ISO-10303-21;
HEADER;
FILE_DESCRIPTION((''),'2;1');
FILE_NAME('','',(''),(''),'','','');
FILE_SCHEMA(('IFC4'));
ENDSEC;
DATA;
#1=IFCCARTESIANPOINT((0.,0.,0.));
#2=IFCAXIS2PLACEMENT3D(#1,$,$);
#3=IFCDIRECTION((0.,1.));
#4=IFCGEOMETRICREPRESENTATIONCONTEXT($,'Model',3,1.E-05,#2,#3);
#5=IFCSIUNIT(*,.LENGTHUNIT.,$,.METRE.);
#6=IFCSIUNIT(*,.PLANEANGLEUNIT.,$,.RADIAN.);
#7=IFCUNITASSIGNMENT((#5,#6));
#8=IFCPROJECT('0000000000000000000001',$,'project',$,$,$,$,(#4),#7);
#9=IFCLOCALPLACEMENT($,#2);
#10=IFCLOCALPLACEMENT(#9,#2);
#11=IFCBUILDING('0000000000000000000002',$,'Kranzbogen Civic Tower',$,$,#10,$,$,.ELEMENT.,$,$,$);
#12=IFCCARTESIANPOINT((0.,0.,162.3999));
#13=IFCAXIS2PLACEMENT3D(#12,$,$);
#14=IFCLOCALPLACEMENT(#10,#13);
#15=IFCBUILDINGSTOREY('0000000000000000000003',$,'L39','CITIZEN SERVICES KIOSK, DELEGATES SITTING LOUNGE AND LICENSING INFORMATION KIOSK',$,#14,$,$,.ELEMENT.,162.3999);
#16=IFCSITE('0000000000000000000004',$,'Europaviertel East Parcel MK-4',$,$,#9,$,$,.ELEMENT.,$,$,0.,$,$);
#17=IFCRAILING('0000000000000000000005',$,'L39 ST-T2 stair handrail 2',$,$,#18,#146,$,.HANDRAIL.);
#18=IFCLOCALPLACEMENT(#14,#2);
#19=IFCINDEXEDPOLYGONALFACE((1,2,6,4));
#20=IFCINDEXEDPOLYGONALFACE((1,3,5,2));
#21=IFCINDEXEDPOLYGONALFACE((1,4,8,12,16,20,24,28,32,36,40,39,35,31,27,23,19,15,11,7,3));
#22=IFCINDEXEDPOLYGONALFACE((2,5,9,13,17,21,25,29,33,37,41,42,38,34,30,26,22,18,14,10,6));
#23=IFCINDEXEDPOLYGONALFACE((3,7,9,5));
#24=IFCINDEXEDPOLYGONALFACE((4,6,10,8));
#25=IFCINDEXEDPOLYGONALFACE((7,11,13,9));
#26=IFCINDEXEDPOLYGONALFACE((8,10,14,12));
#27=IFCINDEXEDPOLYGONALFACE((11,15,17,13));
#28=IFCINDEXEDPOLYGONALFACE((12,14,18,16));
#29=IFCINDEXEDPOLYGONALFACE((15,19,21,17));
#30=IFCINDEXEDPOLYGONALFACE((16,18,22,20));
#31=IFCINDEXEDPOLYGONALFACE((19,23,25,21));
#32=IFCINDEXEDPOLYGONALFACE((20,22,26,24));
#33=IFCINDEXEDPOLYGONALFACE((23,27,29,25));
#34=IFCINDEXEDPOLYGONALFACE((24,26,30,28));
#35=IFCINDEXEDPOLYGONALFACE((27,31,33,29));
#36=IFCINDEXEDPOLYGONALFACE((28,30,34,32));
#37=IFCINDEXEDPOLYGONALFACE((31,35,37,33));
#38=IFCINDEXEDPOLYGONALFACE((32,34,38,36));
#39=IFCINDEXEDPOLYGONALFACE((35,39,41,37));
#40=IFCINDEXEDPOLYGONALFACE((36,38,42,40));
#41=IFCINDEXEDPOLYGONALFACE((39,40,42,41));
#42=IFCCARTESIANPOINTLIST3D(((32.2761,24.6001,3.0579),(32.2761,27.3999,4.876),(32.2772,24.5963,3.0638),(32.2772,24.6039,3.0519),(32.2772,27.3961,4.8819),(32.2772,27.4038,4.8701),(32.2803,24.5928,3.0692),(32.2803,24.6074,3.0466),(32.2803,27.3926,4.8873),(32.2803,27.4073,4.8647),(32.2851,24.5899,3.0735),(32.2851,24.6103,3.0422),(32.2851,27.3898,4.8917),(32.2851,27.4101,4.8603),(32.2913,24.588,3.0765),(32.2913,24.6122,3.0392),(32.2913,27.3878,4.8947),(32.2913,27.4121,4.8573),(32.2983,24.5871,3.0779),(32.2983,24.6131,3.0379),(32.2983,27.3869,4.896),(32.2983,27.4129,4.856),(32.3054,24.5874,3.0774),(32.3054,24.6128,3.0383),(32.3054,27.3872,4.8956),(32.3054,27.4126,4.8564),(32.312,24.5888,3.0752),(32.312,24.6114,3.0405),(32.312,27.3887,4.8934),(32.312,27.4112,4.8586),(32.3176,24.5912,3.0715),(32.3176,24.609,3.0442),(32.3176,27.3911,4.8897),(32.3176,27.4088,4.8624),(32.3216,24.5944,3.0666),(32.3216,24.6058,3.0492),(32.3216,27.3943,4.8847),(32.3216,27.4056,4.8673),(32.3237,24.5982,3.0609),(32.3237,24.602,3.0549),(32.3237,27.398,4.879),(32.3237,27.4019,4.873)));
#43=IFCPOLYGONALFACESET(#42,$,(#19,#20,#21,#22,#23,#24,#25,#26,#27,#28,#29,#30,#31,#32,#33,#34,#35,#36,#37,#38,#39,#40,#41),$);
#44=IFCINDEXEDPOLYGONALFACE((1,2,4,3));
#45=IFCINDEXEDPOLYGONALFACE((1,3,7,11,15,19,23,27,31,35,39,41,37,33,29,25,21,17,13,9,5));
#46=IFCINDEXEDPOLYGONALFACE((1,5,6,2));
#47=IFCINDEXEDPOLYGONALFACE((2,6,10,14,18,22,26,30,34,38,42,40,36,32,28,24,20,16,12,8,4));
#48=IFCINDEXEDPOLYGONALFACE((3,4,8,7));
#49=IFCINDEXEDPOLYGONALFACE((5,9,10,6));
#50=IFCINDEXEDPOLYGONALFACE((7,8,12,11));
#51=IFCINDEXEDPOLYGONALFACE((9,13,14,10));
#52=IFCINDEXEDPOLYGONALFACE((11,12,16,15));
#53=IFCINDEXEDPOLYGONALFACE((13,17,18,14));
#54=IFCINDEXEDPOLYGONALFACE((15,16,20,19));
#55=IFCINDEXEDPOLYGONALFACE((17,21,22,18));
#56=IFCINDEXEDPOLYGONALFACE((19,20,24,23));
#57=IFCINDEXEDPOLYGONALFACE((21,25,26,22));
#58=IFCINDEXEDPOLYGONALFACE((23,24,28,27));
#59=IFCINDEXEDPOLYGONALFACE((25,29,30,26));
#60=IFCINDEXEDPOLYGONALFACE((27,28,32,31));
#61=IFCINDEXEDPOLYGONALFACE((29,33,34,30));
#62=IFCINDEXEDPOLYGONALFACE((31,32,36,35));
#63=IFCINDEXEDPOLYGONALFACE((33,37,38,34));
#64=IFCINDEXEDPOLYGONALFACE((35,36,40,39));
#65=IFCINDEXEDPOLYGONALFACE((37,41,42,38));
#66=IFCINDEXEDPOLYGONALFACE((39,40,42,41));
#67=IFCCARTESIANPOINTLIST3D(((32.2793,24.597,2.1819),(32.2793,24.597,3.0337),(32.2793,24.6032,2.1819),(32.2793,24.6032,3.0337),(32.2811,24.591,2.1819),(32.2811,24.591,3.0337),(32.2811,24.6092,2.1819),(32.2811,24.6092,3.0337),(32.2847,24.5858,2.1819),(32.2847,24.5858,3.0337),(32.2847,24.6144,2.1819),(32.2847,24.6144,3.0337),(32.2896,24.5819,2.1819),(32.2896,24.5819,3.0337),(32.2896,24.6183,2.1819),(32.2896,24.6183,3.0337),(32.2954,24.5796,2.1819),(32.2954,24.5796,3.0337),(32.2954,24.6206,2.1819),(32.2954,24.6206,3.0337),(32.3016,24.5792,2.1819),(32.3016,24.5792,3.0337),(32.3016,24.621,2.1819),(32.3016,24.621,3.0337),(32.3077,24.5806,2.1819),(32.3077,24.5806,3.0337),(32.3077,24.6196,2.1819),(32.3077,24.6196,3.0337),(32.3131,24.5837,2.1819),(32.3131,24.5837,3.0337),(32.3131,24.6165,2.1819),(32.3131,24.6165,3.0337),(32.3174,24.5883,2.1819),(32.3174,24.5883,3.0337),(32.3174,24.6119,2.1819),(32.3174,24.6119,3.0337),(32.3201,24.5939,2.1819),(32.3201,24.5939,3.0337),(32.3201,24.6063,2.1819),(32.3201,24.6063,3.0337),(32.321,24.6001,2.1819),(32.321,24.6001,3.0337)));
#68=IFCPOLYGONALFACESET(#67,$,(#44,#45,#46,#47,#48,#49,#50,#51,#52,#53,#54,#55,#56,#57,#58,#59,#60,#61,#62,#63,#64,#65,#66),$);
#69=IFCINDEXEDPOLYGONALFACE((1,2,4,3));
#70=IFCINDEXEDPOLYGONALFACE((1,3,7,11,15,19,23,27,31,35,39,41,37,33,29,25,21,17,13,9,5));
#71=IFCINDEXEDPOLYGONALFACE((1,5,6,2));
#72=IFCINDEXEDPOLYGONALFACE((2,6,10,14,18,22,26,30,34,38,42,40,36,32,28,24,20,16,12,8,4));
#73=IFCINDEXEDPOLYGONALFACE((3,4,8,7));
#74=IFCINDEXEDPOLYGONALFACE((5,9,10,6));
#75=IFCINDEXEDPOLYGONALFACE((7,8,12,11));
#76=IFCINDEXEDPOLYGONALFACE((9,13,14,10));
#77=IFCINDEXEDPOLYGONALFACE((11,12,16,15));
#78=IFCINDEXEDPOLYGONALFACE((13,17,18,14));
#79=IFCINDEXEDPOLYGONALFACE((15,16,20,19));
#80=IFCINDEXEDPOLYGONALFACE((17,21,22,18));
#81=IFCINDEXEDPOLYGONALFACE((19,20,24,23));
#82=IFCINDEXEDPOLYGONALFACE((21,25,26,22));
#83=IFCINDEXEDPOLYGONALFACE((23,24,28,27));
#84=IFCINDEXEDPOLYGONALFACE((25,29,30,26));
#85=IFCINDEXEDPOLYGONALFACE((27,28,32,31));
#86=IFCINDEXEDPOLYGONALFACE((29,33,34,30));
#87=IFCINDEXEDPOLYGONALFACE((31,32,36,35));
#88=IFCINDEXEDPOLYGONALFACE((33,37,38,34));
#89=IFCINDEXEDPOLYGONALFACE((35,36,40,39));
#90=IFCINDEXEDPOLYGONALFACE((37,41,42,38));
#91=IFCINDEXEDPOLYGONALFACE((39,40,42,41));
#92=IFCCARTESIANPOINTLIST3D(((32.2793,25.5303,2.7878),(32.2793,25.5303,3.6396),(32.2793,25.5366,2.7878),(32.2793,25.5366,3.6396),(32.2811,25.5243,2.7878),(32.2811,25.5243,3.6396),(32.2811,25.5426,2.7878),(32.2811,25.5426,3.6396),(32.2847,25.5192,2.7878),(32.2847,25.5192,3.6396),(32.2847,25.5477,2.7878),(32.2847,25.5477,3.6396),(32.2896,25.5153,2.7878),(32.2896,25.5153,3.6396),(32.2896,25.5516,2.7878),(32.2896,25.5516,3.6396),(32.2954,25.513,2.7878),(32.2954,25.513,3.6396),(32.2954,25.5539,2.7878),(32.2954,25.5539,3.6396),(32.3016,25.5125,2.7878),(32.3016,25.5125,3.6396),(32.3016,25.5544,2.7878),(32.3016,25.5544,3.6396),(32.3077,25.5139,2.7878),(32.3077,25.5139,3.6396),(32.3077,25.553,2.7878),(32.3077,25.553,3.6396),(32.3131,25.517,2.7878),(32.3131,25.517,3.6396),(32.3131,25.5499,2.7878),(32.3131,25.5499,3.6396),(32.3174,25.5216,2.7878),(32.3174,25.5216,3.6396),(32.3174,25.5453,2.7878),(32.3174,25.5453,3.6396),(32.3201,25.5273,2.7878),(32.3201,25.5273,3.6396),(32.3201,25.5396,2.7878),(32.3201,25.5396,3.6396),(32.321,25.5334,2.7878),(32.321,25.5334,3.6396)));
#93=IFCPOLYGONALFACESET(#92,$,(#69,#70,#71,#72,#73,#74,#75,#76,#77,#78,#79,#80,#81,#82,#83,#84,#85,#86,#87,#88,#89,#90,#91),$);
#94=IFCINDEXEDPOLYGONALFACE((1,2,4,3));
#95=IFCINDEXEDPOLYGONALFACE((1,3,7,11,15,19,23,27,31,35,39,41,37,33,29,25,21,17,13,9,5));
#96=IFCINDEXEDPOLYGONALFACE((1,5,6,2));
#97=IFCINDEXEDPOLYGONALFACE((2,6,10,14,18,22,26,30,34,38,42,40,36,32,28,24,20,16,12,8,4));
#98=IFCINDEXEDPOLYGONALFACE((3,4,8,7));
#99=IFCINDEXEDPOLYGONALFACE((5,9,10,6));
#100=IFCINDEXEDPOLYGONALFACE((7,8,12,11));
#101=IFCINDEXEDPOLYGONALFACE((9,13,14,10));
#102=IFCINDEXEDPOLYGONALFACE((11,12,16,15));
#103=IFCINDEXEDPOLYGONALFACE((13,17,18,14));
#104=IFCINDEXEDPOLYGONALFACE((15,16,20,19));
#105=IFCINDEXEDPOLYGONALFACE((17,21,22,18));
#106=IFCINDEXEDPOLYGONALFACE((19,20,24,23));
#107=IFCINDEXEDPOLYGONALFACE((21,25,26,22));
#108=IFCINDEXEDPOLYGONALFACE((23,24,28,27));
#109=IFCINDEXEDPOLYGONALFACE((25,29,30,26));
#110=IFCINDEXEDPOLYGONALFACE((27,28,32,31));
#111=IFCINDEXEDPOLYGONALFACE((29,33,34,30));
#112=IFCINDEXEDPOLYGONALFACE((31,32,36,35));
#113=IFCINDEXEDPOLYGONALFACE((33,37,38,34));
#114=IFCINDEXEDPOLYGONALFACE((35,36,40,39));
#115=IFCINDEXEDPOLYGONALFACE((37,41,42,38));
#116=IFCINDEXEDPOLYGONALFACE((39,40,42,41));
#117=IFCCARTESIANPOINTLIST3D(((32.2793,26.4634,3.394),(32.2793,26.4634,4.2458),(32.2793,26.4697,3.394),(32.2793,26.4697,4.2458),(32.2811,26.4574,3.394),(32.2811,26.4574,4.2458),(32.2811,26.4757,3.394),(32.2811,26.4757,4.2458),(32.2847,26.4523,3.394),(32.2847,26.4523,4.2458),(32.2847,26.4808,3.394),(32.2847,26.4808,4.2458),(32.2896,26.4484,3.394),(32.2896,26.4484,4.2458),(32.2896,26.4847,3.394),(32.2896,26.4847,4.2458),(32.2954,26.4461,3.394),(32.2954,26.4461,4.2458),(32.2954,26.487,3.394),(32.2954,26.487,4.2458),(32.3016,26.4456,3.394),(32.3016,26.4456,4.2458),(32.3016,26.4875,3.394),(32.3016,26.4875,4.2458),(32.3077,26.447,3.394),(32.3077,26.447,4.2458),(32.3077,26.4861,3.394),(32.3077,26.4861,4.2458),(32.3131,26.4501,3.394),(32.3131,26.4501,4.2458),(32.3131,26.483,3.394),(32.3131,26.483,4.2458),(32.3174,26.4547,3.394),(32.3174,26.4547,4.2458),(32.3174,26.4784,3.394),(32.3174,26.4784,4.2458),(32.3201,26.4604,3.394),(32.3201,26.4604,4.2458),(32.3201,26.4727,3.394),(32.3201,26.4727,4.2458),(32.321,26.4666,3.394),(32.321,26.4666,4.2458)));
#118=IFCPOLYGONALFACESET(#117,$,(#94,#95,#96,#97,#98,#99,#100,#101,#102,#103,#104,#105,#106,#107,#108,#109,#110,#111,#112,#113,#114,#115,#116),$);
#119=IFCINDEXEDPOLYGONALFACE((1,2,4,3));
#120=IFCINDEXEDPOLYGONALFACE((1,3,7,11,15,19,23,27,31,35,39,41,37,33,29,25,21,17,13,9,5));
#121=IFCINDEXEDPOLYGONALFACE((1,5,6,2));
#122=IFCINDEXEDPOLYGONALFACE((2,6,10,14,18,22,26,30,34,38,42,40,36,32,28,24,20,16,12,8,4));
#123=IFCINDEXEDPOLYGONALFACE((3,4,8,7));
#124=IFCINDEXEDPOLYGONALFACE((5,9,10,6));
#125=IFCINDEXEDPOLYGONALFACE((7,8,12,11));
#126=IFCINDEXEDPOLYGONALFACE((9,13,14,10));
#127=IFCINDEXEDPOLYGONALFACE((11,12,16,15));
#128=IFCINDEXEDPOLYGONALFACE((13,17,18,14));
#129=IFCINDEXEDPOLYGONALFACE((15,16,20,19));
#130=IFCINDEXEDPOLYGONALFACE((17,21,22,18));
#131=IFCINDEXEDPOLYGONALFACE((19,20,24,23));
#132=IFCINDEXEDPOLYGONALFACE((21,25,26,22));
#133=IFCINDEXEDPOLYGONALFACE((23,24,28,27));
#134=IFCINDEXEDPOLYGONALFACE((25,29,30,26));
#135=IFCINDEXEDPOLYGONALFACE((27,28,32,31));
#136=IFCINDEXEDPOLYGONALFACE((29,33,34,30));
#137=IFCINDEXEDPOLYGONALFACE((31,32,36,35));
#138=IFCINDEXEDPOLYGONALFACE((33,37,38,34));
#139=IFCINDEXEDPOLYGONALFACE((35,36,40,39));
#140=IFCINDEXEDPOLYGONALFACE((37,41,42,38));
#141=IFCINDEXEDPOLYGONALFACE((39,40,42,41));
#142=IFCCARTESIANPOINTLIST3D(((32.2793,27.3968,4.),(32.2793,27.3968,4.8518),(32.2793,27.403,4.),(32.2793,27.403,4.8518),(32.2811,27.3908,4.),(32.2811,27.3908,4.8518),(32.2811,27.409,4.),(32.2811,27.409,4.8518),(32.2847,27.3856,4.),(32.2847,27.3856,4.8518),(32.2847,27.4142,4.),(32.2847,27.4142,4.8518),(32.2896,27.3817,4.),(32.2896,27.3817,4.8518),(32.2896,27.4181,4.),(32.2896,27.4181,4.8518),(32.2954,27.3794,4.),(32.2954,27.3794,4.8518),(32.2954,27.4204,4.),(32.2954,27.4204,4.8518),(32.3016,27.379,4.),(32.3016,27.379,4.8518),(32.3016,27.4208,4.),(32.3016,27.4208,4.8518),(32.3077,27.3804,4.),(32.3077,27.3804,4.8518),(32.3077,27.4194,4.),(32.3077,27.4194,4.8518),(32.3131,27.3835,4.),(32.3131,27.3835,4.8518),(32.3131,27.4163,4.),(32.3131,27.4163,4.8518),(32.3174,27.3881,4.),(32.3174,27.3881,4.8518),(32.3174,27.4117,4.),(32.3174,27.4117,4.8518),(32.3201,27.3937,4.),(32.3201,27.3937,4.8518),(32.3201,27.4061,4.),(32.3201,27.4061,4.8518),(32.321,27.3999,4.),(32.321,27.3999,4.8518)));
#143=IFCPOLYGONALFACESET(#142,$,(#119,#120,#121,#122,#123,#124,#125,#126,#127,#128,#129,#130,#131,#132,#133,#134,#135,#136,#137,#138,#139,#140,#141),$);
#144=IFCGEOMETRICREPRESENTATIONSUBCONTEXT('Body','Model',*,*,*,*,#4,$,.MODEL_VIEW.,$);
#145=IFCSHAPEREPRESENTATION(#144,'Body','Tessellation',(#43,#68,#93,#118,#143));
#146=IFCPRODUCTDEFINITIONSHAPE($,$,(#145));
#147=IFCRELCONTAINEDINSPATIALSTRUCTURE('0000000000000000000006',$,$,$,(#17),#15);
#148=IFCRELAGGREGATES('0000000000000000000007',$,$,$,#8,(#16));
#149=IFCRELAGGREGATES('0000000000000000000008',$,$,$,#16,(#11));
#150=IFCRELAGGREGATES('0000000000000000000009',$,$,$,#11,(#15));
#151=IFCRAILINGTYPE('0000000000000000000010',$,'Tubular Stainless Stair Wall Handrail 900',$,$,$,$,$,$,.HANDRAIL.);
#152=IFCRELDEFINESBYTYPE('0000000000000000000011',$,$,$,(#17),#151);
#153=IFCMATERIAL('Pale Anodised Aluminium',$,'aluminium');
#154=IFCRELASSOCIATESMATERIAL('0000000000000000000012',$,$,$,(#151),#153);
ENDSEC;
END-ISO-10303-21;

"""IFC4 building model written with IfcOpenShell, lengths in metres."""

from ifc_helpers import new_model, si_unit, direction, frame, origin, origin_2d, place, context, subcontext, project, spatial, circle, extrude, material, type_object, element, save


model = new_model("IFC4")

# Units and contexts
model_context = context("Model", 3, precision=1e-05, world=origin(), true_north=direction((0.0, 1.0)))
body_context = subcontext(model_context, "Body", "Model", "MODEL_VIEW")
ifc_project = project(units=[si_unit("LENGTHUNIT", "METRE"), si_unit("PLANEANGLEUNIT", "RADIAN")], contexts=[model_context])

# Site, building, storey
site_placement = place(None, origin())
site = spatial("IfcSite", under=ifc_project, at=site_placement, Name="Europaviertel East Parcel MK-4", CompositionType="ELEMENT", RefElevation=0.0)
building_placement = place(site_placement, origin())
building = spatial("IfcBuilding", under=site, at=building_placement, Name="Kranzbogen Civic Tower", CompositionType="ELEMENT")
storey_placement = place(building_placement, frame((0.0, 0.0, 162.3999)))
storey = spatial("IfcBuildingStorey", under=building, at=storey_placement, Name="L39", Description="CITIZEN SERVICES KIOSK, DELEGATES SITTING LOUNGE AND LICENSING INFORMATION KIOSK", CompositionType="ELEMENT", Elevation=162.3999)

# Shared definitions
ifc_material_1 = material(Name="Pale Anodised Aluminium", Category="aluminium")

# Railing
railing_type_1 = type_object("IfcRailingType", Name="Tubular Stainless Stair Wall Handrail 900", PredefinedType="HANDRAIL", material=ifc_material_1)
railing_1_placement = place(storey_placement, frame((32.3, 24.6001, 2.1819)))
element("IfcRailing", 1, at=railing_1_placement, inside=storey, type_object=railing_type_1, Name="L39 ST-T2 stair handrail 2", PredefinedType="HANDRAIL", context=body_context, shape_type="SweptSolid", body=[
    extrude(circle(Radius=0.0239, at=origin_2d()), frame((0.0, 0.0, 0.876), z_axis=(0.0, 0.838684, 0.544618), x_axis=(-1.0, 0.0, 0.0)), (0.0, 0.0, 1.0), 3.3384),
    extrude(circle(Radius=0.021, at=origin_2d()), origin(), (0.0, 0.0, 1.0), 0.8518),
    extrude(circle(Radius=0.021, at=origin_2d()), frame((0.0, 0.9333, 0.606)), (0.0, 0.0, 1.0), 0.8518),
    extrude(circle(Radius=0.021, at=origin_2d()), frame((0.0, 1.8665, 1.2122)), (0.0, 0.0, 1.0), 0.8518),
    extrude(circle(Radius=0.021, at=origin_2d()), frame((0.0, 2.7998, 1.8181)), (0.0, 0.0, 1.0), 0.8518),
])

save(model, "model.ifc")
